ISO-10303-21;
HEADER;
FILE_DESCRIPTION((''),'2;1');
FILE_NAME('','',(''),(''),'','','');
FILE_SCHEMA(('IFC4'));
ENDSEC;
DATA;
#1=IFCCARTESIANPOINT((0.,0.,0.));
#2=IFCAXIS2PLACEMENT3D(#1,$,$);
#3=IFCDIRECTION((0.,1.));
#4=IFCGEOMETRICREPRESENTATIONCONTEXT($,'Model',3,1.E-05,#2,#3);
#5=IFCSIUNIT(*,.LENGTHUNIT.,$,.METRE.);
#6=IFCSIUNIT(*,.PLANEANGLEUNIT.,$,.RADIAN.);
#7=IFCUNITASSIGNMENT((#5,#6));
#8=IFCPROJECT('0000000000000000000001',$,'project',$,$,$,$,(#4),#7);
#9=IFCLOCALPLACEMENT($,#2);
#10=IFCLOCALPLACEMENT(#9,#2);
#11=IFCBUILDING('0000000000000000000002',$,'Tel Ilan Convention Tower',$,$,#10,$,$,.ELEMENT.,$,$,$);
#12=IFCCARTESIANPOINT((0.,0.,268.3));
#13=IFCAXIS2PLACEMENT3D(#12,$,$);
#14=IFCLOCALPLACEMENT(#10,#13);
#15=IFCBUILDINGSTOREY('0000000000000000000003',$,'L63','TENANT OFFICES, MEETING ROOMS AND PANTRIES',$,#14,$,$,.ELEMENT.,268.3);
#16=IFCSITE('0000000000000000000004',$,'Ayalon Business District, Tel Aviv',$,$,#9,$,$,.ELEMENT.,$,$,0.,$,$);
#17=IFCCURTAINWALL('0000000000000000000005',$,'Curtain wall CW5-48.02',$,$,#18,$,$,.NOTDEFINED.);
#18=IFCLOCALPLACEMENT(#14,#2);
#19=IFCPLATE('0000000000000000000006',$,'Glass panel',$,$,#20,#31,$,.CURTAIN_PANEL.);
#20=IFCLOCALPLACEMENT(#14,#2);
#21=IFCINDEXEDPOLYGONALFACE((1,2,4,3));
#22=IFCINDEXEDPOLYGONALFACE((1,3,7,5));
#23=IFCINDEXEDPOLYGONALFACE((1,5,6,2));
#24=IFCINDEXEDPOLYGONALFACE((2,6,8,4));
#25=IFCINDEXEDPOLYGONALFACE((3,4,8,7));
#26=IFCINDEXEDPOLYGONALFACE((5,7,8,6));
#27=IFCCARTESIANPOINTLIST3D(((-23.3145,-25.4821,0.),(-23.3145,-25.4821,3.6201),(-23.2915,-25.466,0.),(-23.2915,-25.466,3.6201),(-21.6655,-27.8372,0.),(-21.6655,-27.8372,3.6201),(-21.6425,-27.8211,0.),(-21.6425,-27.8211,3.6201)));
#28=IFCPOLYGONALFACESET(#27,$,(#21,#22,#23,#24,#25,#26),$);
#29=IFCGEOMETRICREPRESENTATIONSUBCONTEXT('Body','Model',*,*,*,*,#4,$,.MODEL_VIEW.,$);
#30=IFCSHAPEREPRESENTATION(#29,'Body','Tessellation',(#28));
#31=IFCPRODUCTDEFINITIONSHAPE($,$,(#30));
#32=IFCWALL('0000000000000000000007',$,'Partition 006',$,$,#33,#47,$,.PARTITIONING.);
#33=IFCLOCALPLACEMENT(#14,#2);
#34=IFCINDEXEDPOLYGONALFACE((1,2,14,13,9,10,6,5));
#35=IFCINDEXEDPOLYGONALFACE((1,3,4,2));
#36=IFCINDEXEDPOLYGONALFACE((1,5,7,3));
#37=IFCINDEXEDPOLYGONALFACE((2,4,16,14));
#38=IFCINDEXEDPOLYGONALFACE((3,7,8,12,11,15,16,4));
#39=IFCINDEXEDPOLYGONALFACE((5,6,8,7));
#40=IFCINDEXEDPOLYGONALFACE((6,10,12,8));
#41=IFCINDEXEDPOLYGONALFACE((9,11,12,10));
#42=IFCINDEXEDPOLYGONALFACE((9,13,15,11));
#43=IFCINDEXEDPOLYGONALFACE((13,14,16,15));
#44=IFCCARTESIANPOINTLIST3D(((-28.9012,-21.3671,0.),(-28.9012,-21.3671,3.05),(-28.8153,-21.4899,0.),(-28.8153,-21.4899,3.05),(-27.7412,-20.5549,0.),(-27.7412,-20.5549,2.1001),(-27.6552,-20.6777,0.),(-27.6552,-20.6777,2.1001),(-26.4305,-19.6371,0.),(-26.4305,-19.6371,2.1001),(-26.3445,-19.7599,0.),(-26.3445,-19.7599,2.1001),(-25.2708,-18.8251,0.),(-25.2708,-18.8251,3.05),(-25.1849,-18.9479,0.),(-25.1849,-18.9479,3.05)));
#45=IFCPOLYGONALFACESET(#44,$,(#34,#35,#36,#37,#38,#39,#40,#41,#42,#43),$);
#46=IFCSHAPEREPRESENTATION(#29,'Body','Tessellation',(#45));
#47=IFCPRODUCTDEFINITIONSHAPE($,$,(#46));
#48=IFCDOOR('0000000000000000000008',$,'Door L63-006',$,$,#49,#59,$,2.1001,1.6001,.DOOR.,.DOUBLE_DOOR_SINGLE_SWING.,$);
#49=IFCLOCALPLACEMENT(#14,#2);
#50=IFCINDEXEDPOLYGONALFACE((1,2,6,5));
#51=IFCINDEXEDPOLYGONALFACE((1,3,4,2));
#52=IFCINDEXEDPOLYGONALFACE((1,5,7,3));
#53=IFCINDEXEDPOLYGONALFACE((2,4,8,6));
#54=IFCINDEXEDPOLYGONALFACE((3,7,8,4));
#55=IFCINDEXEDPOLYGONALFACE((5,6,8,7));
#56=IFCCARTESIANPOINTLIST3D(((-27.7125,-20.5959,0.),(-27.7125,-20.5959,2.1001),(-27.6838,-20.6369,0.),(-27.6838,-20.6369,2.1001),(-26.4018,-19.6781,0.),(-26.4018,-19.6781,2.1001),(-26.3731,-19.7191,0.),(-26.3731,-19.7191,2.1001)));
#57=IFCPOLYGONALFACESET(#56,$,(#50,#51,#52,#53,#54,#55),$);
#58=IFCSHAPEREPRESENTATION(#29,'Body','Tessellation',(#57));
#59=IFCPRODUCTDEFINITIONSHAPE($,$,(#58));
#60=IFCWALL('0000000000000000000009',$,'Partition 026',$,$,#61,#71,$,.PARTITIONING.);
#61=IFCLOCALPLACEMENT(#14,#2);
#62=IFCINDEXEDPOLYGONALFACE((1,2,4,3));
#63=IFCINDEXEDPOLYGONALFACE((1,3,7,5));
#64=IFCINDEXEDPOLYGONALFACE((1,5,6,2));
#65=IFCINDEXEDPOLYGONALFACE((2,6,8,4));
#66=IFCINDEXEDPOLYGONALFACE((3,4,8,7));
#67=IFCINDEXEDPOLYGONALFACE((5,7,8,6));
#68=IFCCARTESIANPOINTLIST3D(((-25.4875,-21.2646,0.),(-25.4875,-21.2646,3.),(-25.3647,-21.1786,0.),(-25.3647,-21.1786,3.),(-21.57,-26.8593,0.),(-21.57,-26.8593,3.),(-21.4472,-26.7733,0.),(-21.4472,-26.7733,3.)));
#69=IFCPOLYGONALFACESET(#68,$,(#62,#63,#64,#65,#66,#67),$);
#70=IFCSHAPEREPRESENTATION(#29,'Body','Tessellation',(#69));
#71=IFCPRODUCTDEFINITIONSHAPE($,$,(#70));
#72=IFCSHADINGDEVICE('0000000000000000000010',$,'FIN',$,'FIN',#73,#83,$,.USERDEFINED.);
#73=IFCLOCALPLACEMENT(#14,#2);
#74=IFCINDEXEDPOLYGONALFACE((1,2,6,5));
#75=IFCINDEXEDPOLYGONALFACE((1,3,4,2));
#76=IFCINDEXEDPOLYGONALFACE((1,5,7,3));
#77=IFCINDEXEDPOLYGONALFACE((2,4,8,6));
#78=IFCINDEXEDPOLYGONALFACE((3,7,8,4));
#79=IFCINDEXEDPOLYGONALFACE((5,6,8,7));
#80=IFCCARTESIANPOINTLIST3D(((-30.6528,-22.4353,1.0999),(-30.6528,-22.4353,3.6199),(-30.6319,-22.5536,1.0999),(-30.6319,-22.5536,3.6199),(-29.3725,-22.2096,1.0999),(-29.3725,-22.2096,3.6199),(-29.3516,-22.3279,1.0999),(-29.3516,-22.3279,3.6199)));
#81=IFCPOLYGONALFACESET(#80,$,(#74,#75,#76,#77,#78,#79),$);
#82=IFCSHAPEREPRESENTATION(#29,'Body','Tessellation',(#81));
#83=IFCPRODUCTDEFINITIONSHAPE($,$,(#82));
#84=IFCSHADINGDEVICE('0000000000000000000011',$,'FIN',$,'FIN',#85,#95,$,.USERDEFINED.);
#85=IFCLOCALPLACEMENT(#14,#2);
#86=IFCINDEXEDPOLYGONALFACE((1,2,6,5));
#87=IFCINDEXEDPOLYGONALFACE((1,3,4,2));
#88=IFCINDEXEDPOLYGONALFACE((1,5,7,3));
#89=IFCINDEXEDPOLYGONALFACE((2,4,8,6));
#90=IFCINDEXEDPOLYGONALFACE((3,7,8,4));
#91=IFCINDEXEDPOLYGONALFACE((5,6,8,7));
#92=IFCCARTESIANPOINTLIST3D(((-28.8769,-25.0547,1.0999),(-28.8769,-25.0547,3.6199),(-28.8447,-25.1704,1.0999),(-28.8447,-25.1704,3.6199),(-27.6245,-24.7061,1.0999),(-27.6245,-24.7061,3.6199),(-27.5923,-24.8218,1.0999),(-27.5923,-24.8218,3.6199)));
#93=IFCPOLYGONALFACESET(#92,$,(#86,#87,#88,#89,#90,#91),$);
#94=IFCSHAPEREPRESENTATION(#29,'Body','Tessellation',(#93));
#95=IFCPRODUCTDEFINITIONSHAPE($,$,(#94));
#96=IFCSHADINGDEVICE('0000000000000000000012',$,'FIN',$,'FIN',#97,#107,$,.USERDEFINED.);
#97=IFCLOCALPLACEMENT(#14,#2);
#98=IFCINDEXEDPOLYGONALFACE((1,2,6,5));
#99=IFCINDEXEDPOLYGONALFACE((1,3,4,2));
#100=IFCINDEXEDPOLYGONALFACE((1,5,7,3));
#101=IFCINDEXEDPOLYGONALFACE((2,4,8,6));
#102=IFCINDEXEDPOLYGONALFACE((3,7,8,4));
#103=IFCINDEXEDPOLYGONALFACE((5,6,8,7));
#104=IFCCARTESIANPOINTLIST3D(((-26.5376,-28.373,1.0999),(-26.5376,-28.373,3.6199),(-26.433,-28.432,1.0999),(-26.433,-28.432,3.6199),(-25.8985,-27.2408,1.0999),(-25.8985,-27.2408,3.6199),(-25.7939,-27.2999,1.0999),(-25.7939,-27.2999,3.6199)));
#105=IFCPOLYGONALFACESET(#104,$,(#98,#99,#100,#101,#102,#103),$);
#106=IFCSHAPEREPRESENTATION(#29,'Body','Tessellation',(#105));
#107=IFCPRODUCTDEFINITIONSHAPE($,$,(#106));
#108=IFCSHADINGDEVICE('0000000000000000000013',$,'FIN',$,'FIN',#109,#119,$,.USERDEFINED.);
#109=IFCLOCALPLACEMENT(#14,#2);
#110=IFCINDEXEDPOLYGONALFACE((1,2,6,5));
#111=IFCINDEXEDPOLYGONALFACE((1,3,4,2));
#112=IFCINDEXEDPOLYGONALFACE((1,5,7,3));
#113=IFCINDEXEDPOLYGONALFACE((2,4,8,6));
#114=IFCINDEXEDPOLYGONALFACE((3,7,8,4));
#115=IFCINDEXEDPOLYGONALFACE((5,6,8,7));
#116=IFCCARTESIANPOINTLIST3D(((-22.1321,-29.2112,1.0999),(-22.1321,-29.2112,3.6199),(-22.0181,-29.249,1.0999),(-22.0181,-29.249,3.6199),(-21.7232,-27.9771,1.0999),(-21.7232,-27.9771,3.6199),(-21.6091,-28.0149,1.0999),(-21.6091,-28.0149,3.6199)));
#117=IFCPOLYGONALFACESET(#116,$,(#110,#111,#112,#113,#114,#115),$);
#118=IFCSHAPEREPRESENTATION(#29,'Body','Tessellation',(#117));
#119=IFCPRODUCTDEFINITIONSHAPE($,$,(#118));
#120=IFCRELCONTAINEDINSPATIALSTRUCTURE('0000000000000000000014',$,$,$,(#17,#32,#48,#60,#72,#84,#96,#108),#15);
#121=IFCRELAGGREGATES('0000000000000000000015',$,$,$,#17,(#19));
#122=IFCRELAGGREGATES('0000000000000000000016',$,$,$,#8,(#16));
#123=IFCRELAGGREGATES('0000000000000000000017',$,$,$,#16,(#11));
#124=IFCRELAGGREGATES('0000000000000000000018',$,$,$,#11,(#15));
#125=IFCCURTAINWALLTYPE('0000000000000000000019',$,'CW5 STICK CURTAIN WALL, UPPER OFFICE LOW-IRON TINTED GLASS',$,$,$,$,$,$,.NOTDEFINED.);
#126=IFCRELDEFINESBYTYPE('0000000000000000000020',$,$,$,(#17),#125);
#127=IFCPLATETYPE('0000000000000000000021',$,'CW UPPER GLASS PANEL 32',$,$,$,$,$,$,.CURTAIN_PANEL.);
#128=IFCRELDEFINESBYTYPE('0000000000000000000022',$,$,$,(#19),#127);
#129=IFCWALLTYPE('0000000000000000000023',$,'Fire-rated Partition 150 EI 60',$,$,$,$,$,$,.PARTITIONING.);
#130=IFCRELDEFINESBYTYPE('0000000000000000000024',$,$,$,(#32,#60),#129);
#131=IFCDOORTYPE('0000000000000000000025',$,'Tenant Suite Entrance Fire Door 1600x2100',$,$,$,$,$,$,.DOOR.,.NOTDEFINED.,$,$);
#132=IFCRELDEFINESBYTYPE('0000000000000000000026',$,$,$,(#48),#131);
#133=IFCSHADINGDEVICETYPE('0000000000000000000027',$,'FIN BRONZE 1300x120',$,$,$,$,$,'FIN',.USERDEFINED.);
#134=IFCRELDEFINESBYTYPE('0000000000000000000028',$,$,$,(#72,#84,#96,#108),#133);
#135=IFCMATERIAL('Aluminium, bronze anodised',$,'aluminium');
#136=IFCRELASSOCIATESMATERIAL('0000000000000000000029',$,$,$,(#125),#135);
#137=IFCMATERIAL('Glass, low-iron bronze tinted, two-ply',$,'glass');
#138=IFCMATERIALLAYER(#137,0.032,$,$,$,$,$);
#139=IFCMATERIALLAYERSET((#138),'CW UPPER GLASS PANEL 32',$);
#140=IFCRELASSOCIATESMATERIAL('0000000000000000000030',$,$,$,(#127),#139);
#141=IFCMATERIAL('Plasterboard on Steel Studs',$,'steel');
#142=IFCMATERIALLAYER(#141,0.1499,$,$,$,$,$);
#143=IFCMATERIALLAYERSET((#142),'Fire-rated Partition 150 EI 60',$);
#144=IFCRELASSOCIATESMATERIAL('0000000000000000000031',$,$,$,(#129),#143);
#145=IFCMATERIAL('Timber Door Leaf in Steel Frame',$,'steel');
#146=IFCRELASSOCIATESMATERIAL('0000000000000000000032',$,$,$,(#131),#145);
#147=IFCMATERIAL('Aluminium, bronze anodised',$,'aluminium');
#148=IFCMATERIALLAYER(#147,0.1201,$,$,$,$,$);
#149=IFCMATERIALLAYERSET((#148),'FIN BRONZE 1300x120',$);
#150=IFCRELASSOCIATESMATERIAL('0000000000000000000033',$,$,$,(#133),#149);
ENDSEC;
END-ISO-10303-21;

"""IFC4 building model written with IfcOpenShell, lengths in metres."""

from ifc_helpers import new_model, si_unit, direction, frame, frame_2d, origin, origin_2d, place, context, subcontext, project, spatial, rectangle, extrude, material, layer, layer_set, type_object, element, fill, aggregate, save


model = new_model("IFC4")

# Units and contexts
model_context = context("Model", 3, precision=1e-05, world=origin(), true_north=direction((0.0, 1.0)))
body_context = subcontext(model_context, "Body", "Model", "MODEL_VIEW")
ifc_project = project(units=[si_unit("LENGTHUNIT", "METRE"), si_unit("PLANEANGLEUNIT", "RADIAN")], contexts=[model_context])

# Site, building, storey
site_placement = place(None, origin())
site = spatial("IfcSite", under=ifc_project, at=site_placement, Name="Ayalon Business District, Tel Aviv", CompositionType="ELEMENT", RefElevation=0.0)
building_placement = place(site_placement, origin())
building = spatial("IfcBuilding", under=site, at=building_placement, Name="Tel Ilan Convention Tower", CompositionType="ELEMENT")
storey_placement = place(building_placement, frame((0.0, 0.0, 268.3)))
storey = spatial("IfcBuildingStorey", under=building, at=storey_placement, Name="L63", Description="TENANT OFFICES, MEETING ROOMS AND PANTRIES", CompositionType="ELEMENT", Elevation=268.3)

# Curtain wall, plate
ifc_material_1 = material(Name="Aluminium, bronze anodised", Category="aluminium")
curtain_wall_type = type_object("IfcCurtainWallType", Name="CW5 STICK CURTAIN WALL, UPPER OFFICE LOW-IRON TINTED GLASS", PredefinedType="NOTDEFINED", material=ifc_material_1)
curtain_wall_placement = place(storey_placement, origin())
curtain_wall = element("IfcCurtainWall", 1, at=curtain_wall_placement, inside=storey, type_object=curtain_wall_type, Name="Curtain wall CW5-48.02", PredefinedType="NOTDEFINED")
ifc_material_2 = material(Name="Glass, low-iron bronze tinted, two-ply", Category="glass")
ifc_layer_1 = layer(ifc_material_2, 0.032)
ifc_layer_set_1 = layer_set([ifc_layer_1], Name="CW UPPER GLASS PANEL 32")
plate_type = type_object("IfcPlateType", Name="CW UPPER GLASS PANEL 32", PredefinedType="CURTAIN_PANEL", material=ifc_layer_set_1)
plate_1_placement = place(storey_placement, frame((-22.4785, -26.6516, 0.0), z_axis=(0.0, 0.0, 1.0), x_axis=(0.573576, -0.819152, 0.0)))
plate_1 = element("IfcPlate", 2, at=plate_1_placement, type_object=plate_type, Name="Glass panel", PredefinedType="CURTAIN_PANEL", context=body_context, shape_type="SweptSolid", body=[
    extrude(rectangle(XDim=2.875, YDim=0.0281, at=origin_2d()), origin(), (0.0, 0.0, 1.0), 3.6201),
])
aggregate(curtain_wall, [plate_1])

# Wall, opening, door
ifc_material_3 = material(Name="Plasterboard on Steel Studs", Category="steel")
ifc_layer_2 = layer(ifc_material_3, 0.1499)
ifc_layer_set_2 = layer_set([ifc_layer_2], Name="Fire-rated Partition 150 EI 60")
wall_type = type_object("IfcWallType", Name="Fire-rated Partition 150 EI 60", PredefinedType="PARTITIONING", material=ifc_layer_set_2)
wall_1_placement = place(storey_placement, frame((-28.8582, -21.4285, 0.0), z_axis=(0.0, 0.0, 1.0), x_axis=(0.819154, 0.573573, 0.0)))
wall_1 = element("IfcWall", 3, at=wall_1_placement, inside=storey, type_object=wall_type, Name="Partition 006", PredefinedType="PARTITIONING", context=body_context, shape_type="SweptSolid", body=[
    extrude(rectangle(XDim=4.4319, YDim=0.1499, at=frame_2d((2.2158, 0.0))), origin(), (0.0, 0.0, 1.0), 3.05),
])
opening_placement = place(wall_1_placement, frame((1.416, 0.0, 0.0)))
opening = element("IfcOpeningElement", 4, at=opening_placement, cuts=wall_1, PredefinedType="OPENING", context=body_context, shape_type="SweptSolid", body=[
    extrude(rectangle(XDim=1.6001, YDim=2.1001, at=frame_2d((0.8, 1.05))), frame((0.0, 0.085, 0.0), z_axis=(0.0, -1.0, 0.0), x_axis=(1.0, 0.0, 0.0)), (0.0, 0.0, 1.0), 0.1699),
])
ifc_material_4 = material(Name="Timber Door Leaf in Steel Frame", Category="steel")
door_type = type_object("IfcDoorType", Name="Tenant Suite Entrance Fire Door 1600x2100", OperationType="NOTDEFINED", PredefinedType="DOOR", material=ifc_material_4)
door_placement = place(opening_placement, origin())
door = element("IfcDoor", 5, at=door_placement, inside=storey, type_object=door_type, Name="Door L63-006", OperationType="DOUBLE_DOOR_SINGLE_SWING", OverallHeight=2.1001, OverallWidth=1.6001, PredefinedType="DOOR", context=body_context, shape_type="SweptSolid", body=[
    extrude(rectangle(XDim=1.6001, YDim=2.1001, at=frame_2d((0.8, 1.05))), frame((0.0, 0.0249, 0.0), z_axis=(0.0, -1.0, 0.0), x_axis=(1.0, 0.0, 0.0)), (0.0, 0.0, 1.0), 0.05),
])
fill(opening, door)

# Wall
wall_2_placement = place(storey_placement, frame((-21.5085, -26.8164, 0.0), z_axis=(0.0, 0.0, 1.0), x_axis=(-0.573577, 0.819151, 0.0)))
element("IfcWall", 6, at=wall_2_placement, inside=storey, type_object=wall_type, Name="Partition 026", PredefinedType="PARTITIONING", context=body_context, shape_type="SweptSolid", body=[
    extrude(rectangle(XDim=6.8298, YDim=0.1499, at=frame_2d((3.415, 0.0))), origin(), (0.0, 0.0, 1.0), 3.0),
])

# Shading devices
ifc_material_5 = material(Name="Aluminium, bronze anodised", Category="aluminium")
ifc_layer_3 = layer(ifc_material_5, 0.1201)
ifc_layer_set_3 = layer_set([ifc_layer_3], Name="FIN BRONZE 1300x120")
shading_device_type = type_object("IfcShadingDeviceType", Name="FIN BRONZE 1300x120", ElementType="FIN", PredefinedType="USERDEFINED", material=ifc_layer_set_3)
for number, where, z_axis, x_axis, name in (
    (7, (-30.0022, -22.3816, 1.0999), (0.0, 0.0, 1.0), (-0.984808, -0.173648, 0.0), "FIN"),
    (8, (-28.2346, -24.9382, 1.0999), (0.0, 0.0, 1.0), (-0.963371, -0.268173, 0.0), "FIN"),
    (9, (-26.1658, -27.8364, 1.0999), (0.0, 0.0, 1.0), (-0.491579, -0.870833, 0.0), "FIN"),
    (10, (-21.8706, -28.613, 1.0999), (0.0, 0.0, 1.0), (-0.314545, -0.949243, 0.0), "FIN"),
):
    element("IfcShadingDevice", number, at=place(storey_placement, frame(where, z_axis=z_axis, x_axis=x_axis)), inside=storey, type_object=shading_device_type, Name=name, ObjectType="FIN", PredefinedType="USERDEFINED", context=body_context, shape_type="SweptSolid", body=[
        extrude(rectangle(XDim=1.3, YDim=0.1201, at=origin_2d()), origin(), (0.0, 0.0, 1.0), 2.52),
    ])

save(model, "model.ifc")
